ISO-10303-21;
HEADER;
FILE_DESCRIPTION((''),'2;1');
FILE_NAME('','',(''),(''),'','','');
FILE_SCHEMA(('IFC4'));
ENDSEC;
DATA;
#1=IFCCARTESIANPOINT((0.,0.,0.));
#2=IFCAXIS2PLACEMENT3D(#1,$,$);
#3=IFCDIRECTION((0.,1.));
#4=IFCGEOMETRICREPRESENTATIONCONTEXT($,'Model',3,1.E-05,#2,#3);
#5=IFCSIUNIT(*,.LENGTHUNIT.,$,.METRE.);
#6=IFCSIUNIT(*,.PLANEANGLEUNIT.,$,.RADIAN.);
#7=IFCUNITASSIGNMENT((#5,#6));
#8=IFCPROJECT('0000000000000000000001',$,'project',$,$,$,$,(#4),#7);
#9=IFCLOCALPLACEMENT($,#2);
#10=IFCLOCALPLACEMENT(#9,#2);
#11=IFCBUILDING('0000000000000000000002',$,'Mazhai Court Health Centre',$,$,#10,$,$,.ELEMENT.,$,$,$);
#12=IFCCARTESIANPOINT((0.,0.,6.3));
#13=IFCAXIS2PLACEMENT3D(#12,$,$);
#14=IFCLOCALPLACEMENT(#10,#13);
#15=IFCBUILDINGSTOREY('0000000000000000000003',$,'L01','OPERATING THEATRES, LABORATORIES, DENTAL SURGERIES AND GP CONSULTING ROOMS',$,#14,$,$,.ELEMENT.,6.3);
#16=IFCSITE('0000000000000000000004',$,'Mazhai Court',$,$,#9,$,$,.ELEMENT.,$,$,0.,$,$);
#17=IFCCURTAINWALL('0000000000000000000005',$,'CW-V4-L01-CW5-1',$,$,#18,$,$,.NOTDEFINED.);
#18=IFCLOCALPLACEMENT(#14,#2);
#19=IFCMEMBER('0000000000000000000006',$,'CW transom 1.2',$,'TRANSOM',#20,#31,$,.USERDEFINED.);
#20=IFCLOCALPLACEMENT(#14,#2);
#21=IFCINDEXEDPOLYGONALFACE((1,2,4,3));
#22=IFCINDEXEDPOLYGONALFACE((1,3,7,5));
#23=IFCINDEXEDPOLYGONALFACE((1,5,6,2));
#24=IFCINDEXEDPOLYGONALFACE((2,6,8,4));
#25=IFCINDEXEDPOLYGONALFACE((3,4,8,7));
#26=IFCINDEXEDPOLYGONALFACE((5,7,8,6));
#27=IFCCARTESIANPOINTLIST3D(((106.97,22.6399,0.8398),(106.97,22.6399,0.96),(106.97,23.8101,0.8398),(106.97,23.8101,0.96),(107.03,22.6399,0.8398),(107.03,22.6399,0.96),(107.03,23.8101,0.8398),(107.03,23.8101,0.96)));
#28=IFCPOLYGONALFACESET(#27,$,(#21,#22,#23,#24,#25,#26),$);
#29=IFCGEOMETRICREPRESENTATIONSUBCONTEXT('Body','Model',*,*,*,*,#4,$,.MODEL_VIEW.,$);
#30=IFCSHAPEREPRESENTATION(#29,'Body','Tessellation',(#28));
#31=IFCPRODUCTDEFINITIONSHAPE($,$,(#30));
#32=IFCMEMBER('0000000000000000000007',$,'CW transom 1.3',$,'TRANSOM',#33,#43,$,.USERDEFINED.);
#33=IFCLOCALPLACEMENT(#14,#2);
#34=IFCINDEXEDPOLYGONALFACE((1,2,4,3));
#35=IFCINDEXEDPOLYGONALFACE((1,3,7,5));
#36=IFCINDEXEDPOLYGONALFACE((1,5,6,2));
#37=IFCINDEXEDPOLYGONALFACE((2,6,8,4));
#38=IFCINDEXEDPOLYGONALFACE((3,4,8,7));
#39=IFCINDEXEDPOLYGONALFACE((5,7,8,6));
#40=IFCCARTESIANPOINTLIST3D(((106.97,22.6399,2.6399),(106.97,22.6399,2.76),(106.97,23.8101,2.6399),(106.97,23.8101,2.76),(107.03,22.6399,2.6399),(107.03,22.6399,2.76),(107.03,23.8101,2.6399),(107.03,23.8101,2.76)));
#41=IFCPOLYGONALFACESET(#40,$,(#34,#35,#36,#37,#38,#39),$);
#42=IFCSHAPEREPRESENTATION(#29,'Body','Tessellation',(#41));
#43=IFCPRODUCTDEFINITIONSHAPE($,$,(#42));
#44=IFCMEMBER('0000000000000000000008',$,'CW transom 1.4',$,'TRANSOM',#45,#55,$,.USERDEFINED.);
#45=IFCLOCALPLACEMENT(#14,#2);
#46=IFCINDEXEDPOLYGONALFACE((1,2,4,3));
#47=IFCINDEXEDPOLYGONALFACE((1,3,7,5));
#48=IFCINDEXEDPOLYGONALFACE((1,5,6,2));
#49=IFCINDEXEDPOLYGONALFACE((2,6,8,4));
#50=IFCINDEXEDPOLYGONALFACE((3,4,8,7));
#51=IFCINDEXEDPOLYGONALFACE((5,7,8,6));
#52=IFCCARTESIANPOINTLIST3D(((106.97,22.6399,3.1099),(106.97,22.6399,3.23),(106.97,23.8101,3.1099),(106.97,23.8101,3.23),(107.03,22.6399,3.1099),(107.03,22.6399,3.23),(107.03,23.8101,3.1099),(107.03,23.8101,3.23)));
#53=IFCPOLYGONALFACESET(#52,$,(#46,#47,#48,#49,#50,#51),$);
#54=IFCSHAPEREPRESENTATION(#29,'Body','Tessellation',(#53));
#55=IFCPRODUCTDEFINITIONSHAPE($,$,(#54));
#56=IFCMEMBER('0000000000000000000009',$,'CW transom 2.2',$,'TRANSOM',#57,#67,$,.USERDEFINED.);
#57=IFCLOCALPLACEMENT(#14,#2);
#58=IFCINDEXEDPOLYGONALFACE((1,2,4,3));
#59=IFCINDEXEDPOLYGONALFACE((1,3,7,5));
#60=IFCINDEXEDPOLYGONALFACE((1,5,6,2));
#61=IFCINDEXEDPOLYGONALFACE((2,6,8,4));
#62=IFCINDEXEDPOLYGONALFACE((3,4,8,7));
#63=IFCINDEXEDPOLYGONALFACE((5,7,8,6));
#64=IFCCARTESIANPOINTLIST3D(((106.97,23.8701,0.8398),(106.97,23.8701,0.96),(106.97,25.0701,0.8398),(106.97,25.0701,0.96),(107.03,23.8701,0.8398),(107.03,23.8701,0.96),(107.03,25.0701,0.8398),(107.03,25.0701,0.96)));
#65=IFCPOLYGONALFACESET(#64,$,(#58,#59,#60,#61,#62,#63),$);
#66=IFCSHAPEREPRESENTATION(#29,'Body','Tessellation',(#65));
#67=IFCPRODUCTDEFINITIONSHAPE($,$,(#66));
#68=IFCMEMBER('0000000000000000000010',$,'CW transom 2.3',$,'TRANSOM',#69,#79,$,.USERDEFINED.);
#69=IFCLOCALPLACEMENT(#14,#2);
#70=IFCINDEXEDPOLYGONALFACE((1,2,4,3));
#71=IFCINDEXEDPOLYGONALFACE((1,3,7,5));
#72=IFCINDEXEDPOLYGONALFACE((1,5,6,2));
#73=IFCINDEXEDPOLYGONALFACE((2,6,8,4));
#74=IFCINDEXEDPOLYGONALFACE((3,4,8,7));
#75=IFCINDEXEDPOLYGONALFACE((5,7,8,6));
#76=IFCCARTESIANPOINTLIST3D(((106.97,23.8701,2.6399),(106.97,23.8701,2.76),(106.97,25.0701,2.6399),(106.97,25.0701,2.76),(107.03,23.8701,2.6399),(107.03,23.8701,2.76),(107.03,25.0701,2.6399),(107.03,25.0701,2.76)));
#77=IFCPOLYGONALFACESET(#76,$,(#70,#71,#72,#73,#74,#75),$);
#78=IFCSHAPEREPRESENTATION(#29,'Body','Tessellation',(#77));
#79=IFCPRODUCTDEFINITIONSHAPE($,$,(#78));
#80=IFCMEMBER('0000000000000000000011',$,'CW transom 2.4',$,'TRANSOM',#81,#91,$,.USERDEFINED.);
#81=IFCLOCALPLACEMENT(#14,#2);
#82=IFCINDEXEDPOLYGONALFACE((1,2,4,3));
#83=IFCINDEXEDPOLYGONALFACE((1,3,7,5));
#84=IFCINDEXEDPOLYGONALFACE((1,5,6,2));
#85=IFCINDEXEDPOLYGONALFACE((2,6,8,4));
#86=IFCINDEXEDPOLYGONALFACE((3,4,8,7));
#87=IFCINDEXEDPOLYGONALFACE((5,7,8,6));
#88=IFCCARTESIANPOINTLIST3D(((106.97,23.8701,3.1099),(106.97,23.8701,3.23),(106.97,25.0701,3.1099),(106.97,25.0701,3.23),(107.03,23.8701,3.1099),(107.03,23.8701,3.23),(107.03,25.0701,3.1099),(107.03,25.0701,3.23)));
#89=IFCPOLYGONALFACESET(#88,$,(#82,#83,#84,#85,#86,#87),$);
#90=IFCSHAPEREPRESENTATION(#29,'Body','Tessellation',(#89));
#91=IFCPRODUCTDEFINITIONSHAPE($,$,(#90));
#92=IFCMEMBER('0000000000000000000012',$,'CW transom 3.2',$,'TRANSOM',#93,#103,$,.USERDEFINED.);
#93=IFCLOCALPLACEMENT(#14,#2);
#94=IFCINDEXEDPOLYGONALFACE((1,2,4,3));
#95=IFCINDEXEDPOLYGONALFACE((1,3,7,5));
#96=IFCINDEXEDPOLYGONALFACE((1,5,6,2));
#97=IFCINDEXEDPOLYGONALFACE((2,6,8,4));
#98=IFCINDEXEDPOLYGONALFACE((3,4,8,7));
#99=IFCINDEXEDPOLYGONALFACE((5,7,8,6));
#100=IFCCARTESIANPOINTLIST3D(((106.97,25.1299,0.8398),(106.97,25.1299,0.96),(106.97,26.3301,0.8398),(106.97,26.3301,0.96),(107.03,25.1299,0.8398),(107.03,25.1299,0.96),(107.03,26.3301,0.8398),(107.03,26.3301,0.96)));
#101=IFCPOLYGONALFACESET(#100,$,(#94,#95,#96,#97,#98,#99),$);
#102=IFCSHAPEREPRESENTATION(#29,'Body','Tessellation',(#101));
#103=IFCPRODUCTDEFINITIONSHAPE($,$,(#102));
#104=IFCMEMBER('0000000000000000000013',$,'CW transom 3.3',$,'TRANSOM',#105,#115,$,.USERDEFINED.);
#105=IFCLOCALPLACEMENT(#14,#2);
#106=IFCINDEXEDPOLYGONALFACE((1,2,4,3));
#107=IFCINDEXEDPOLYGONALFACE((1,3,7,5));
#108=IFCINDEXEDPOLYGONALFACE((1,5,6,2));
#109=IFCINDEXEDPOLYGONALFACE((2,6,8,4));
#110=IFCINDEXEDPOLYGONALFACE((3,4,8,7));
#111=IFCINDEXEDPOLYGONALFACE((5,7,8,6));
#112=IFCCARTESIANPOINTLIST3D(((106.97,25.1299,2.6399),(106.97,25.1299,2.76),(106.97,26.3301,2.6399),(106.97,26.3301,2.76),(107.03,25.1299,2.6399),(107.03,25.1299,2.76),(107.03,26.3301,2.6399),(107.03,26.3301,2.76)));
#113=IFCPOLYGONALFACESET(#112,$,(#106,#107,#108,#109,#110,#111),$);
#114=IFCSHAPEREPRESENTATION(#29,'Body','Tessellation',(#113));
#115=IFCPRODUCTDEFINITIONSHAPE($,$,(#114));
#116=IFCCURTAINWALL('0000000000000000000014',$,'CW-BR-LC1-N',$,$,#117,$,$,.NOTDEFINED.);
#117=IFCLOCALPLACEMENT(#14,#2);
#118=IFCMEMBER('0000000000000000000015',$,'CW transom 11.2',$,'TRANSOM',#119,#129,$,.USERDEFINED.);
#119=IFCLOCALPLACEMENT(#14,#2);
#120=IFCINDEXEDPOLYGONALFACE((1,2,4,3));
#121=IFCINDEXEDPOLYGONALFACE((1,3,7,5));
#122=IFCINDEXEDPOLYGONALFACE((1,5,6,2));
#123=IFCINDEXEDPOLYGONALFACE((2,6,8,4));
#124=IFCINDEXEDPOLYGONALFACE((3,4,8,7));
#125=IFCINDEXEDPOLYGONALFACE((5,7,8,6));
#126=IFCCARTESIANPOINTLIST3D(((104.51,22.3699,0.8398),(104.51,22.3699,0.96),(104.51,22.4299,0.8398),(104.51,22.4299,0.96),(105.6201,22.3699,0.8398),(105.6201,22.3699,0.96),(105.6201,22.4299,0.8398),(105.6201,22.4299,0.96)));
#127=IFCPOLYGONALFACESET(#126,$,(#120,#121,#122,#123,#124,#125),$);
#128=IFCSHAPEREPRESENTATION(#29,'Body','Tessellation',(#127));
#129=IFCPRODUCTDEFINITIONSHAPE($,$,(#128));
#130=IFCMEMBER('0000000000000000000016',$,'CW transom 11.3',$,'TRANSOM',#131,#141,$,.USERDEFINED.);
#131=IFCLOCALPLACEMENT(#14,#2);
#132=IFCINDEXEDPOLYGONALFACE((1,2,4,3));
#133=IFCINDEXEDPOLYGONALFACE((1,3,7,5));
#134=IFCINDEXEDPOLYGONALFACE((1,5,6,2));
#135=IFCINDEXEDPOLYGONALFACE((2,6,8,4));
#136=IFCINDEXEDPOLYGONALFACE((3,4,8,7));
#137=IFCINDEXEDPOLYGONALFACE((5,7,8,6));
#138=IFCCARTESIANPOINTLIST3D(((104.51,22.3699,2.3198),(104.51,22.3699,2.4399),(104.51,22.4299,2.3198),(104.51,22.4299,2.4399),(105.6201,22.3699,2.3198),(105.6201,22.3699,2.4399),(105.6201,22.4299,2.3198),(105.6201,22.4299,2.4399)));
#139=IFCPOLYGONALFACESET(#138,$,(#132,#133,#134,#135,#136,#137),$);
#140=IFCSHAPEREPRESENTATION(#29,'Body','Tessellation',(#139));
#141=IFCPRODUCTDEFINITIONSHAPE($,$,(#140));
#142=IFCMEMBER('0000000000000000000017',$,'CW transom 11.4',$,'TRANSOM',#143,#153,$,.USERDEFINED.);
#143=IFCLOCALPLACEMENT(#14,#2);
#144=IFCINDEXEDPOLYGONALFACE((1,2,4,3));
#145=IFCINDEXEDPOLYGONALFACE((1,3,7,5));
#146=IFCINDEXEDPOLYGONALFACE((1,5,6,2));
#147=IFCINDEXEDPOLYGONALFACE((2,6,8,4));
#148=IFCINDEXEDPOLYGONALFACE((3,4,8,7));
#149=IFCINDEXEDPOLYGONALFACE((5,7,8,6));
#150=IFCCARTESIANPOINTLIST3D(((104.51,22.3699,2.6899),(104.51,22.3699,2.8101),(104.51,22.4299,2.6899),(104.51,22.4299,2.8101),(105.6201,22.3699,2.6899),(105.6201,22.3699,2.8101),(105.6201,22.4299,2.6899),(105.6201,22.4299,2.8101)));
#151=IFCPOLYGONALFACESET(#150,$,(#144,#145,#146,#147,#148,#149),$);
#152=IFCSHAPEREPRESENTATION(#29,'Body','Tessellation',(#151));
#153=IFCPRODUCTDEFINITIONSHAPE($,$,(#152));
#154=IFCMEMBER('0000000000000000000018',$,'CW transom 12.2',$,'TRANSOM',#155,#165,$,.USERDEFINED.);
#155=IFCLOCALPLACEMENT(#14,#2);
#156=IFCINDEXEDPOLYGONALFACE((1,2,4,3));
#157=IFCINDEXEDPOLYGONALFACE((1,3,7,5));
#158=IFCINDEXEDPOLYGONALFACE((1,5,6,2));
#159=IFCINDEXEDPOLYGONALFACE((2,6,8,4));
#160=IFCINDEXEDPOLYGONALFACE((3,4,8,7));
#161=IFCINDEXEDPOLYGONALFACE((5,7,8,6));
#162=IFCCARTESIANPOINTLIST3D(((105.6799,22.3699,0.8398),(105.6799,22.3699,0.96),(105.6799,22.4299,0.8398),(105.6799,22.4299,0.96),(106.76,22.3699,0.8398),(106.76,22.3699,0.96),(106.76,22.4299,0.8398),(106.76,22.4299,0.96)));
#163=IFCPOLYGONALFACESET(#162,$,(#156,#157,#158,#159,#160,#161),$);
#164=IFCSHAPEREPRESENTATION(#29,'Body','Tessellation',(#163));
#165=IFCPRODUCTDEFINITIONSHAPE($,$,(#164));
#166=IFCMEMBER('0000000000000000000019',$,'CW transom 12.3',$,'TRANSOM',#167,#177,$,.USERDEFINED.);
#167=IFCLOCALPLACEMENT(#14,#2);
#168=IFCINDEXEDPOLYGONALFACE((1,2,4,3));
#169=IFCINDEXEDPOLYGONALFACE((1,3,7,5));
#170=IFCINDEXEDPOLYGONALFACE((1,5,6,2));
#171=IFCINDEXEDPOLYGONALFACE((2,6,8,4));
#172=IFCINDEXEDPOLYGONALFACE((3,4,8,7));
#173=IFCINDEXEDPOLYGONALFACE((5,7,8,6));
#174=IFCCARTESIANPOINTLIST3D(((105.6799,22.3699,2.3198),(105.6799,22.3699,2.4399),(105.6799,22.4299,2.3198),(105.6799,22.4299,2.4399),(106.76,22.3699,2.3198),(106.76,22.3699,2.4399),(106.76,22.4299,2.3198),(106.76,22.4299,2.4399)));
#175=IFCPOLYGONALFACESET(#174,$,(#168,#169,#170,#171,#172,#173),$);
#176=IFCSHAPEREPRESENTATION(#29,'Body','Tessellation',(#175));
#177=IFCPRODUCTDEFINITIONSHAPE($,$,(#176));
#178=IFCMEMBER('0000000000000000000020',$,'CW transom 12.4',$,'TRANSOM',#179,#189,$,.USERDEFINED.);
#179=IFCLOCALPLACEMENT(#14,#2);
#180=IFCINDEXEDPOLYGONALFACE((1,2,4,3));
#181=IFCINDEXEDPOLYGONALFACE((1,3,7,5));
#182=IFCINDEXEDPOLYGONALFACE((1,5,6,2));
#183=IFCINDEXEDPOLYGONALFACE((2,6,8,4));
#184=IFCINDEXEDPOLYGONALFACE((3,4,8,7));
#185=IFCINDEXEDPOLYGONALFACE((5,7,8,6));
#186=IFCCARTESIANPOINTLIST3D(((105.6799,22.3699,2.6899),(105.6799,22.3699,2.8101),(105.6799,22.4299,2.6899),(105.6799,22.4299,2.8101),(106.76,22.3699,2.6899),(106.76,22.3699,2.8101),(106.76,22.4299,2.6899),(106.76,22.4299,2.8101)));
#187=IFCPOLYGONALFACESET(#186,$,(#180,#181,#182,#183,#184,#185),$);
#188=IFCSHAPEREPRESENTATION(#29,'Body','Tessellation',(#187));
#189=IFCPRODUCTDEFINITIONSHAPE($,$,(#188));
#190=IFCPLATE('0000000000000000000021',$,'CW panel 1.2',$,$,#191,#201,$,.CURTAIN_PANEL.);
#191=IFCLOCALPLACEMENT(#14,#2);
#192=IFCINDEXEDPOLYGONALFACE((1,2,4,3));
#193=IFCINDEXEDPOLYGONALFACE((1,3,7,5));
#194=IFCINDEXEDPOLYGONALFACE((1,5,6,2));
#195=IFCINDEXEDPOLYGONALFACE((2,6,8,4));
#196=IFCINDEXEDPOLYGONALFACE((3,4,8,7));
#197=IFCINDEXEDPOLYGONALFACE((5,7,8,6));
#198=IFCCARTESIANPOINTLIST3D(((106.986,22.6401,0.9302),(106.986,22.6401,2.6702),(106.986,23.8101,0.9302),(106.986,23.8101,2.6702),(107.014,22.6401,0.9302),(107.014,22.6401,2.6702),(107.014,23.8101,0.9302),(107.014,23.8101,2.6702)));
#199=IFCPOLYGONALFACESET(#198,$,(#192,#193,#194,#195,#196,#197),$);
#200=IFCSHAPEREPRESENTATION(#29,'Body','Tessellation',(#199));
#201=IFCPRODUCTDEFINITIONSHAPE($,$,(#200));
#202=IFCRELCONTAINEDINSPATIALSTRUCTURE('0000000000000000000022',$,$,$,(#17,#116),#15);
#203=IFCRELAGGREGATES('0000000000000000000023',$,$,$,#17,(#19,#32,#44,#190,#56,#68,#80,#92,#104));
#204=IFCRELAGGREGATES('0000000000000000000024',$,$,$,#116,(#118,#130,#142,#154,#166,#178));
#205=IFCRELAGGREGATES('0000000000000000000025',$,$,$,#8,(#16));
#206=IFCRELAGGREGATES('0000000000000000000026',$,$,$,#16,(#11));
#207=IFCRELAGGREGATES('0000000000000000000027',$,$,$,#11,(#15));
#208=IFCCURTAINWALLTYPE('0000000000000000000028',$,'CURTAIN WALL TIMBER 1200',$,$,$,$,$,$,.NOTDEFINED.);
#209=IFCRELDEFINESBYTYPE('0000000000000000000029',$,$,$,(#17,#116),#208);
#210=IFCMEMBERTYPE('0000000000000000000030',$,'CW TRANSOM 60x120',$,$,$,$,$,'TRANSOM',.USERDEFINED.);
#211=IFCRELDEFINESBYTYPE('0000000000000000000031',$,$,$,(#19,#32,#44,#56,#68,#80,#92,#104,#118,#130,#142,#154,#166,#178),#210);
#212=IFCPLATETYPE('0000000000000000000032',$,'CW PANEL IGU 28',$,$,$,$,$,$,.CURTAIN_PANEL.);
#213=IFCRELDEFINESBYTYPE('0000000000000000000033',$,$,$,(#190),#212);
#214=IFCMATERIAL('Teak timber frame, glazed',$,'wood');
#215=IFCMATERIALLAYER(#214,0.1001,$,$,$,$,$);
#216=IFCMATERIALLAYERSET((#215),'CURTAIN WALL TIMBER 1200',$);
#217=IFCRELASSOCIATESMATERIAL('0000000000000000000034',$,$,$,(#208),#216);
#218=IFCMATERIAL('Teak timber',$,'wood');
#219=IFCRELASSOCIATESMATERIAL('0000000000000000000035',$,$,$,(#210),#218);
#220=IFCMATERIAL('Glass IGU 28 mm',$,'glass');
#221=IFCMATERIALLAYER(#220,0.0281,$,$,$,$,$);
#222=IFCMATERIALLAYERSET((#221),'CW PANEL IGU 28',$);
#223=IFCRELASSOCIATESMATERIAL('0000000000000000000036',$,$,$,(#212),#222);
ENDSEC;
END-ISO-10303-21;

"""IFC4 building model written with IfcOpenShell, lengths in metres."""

from ifc_helpers import new_model, si_unit, direction, frame, origin, origin_2d, place, context, subcontext, project, spatial, rectangle, extrude, material, layer, layer_set, material_profile, profile_set, type_object, element, aggregate, save


model = new_model("IFC4")

# Units and contexts
model_context = context("Model", 3, precision=1e-05, world=origin(), true_north=direction((0.0, 1.0)))
body_context = subcontext(model_context, "Body", "Model", "MODEL_VIEW")
ifc_project = project(units=[si_unit("LENGTHUNIT", "METRE"), si_unit("PLANEANGLEUNIT", "RADIAN")], contexts=[model_context])

# Site, building, storey
site_placement = place(None, origin())
site = spatial("IfcSite", under=ifc_project, at=site_placement, Name="Mazhai Court", CompositionType="ELEMENT", RefElevation=0.0)
building_placement = place(site_placement, origin())
building = spatial("IfcBuilding", under=site, at=building_placement, Name="Mazhai Court Health Centre", CompositionType="ELEMENT")
storey_placement = place(building_placement, frame((0.0, 0.0, 6.3)))
storey = spatial("IfcBuildingStorey", under=building, at=storey_placement, Name="L01", Description="OPERATING THEATRES, LABORATORIES, DENTAL SURGERIES AND GP CONSULTING ROOMS", CompositionType="ELEMENT", Elevation=6.3)

# Curtain walls, members
ifc_material_1 = material(Name="Teak timber frame, glazed", Category="wood")
ifc_layer_1 = layer(ifc_material_1, 0.1001)
ifc_layer_set_1 = layer_set([ifc_layer_1], Name="CURTAIN WALL TIMBER 1200")
curtain_wall_type = type_object("IfcCurtainWallType", Name="CURTAIN WALL TIMBER 1200", PredefinedType="NOTDEFINED", material=ifc_layer_set_1)
curtain_wall_1_placement = place(storey_placement, origin())
curtain_wall_1 = element("IfcCurtainWall", 1, at=curtain_wall_1_placement, inside=storey, type_object=curtain_wall_type, Name="CW-V4-L01-CW5-1", PredefinedType="NOTDEFINED")
ifc_material_2 = material(Name="Teak timber", Category="wood")
ifc_material_profile = material_profile(ifc_material_2, rectangle(XDim=0.0601, YDim=0.1201, at=origin_2d()), Name="CW TRANSOM 60x120")
ifc_profile_set = profile_set([ifc_material_profile], Name="Teak timber")
member_type = type_object("IfcMemberType", Name="CW TRANSOM 60x120", ElementType="TRANSOM", PredefinedType="USERDEFINED", material=ifc_profile_set)
member_1_placement = place(storey_placement, frame((107.0, 22.6399, 0.8999), z_axis=(0.0, 1.0, 0.0), x_axis=(-1.0, 0.0, 0.0)))
member_1 = element("IfcMember", 2, at=member_1_placement, type_object=member_type, Name="CW transom 1.2", ObjectType="TRANSOM", PredefinedType="USERDEFINED", context=body_context, shape_type="SweptSolid", body=[
    extrude(rectangle(XDim=0.0601, YDim=0.1201, at=origin_2d()), origin(), (0.0, 0.0, 1.0), 1.1702),
])
member_2_placement = place(storey_placement, frame((107.0, 22.6399, 2.7), z_axis=(0.0, 1.0, 0.0), x_axis=(-1.0, 0.0, 0.0)))
member_2 = element("IfcMember", 3, at=member_2_placement, type_object=member_type, Name="CW transom 1.3", ObjectType="TRANSOM", PredefinedType="USERDEFINED", context=body_context, shape_type="SweptSolid", body=[
    extrude(rectangle(XDim=0.0601, YDim=0.1201, at=origin_2d()), origin(), (0.0, 0.0, 1.0), 1.1702),
])
member_3_placement = place(storey_placement, frame((107.0, 22.6399, 3.1699), z_axis=(0.0, 1.0, 0.0), x_axis=(-1.0, 0.0, 0.0)))
member_3 = element("IfcMember", 4, at=member_3_placement, type_object=member_type, Name="CW transom 1.4", ObjectType="TRANSOM", PredefinedType="USERDEFINED", context=body_context, shape_type="SweptSolid", body=[
    extrude(rectangle(XDim=0.0601, YDim=0.1201, at=origin_2d()), origin(), (0.0, 0.0, 1.0), 1.1702),
])
member_4_placement = place(storey_placement, frame((107.0, 23.8701, 0.8999), z_axis=(0.0, 1.0, 0.0), x_axis=(-1.0, 0.0, 0.0)))
member_4 = element("IfcMember", 5, at=member_4_placement, type_object=member_type, Name="CW transom 2.2", ObjectType="TRANSOM", PredefinedType="USERDEFINED", context=body_context, shape_type="SweptSolid", body=[
    extrude(rectangle(XDim=0.0601, YDim=0.1201, at=origin_2d()), origin(), (0.0, 0.0, 1.0), 1.2),
])
member_5_placement = place(storey_placement, frame((107.0, 23.8701, 2.7), z_axis=(0.0, 1.0, 0.0), x_axis=(-1.0, 0.0, 0.0)))
member_5 = element("IfcMember", 6, at=member_5_placement, type_object=member_type, Name="CW transom 2.3", ObjectType="TRANSOM", PredefinedType="USERDEFINED", context=body_context, shape_type="SweptSolid", body=[
    extrude(rectangle(XDim=0.0601, YDim=0.1201, at=origin_2d()), origin(), (0.0, 0.0, 1.0), 1.2),
])
member_6_placement = place(storey_placement, frame((107.0, 23.8701, 3.1699), z_axis=(0.0, 1.0, 0.0), x_axis=(-1.0, 0.0, 0.0)))
member_6 = element("IfcMember", 7, at=member_6_placement, type_object=member_type, Name="CW transom 2.4", ObjectType="TRANSOM", PredefinedType="USERDEFINED", context=body_context, shape_type="SweptSolid", body=[
    extrude(rectangle(XDim=0.0601, YDim=0.1201, at=origin_2d()), origin(), (0.0, 0.0, 1.0), 1.2),
])
member_7_placement = place(storey_placement, frame((107.0, 25.1299, 0.8999), z_axis=(0.0, 1.0, 0.0), x_axis=(-1.0, 0.0, 0.0)))
member_7 = element("IfcMember", 8, at=member_7_placement, type_object=member_type, Name="CW transom 3.2", ObjectType="TRANSOM", PredefinedType="USERDEFINED", context=body_context, shape_type="SweptSolid", body=[
    extrude(rectangle(XDim=0.0601, YDim=0.1201, at=origin_2d()), origin(), (0.0, 0.0, 1.0), 1.2002),
])
member_8_placement = place(storey_placement, frame((107.0, 25.1299, 2.7), z_axis=(0.0, 1.0, 0.0), x_axis=(-1.0, 0.0, 0.0)))
member_8 = element("IfcMember", 9, at=member_8_placement, type_object=member_type, Name="CW transom 3.3", ObjectType="TRANSOM", PredefinedType="USERDEFINED", context=body_context, shape_type="SweptSolid", body=[
    extrude(rectangle(XDim=0.0601, YDim=0.1201, at=origin_2d()), origin(), (0.0, 0.0, 1.0), 1.2002),
])
curtain_wall_2_placement = place(storey_placement, origin())
curtain_wall_2 = element("IfcCurtainWall", 10, at=curtain_wall_2_placement, inside=storey, type_object=curtain_wall_type, Name="CW-BR-LC1-N", PredefinedType="NOTDEFINED")
member_9_placement = place(storey_placement, frame((104.51, 22.3999, 0.8999), z_axis=(1.0, 0.0, 0.0), x_axis=(0.0, 1.0, 0.0)))
member_9 = element("IfcMember", 11, at=member_9_placement, type_object=member_type, Name="CW transom 11.2", ObjectType="TRANSOM", PredefinedType="USERDEFINED", context=body_context, shape_type="SweptSolid", body=[
    extrude(rectangle(XDim=0.0601, YDim=0.1201, at=origin_2d()), origin(), (0.0, 0.0, 1.0), 1.1101),
])
member_10_placement = place(storey_placement, frame((104.51, 22.3999, 2.3799), z_axis=(1.0, 0.0, 0.0), x_axis=(0.0, 1.0, 0.0)))
member_10 = element("IfcMember", 12, at=member_10_placement, type_object=member_type, Name="CW transom 11.3", ObjectType="TRANSOM", PredefinedType="USERDEFINED", context=body_context, shape_type="SweptSolid", body=[
    extrude(rectangle(XDim=0.0601, YDim=0.1201, at=origin_2d()), origin(), (0.0, 0.0, 1.0), 1.1101),
])
member_11_placement = place(storey_placement, frame((104.51, 22.3999, 2.75), z_axis=(1.0, 0.0, 0.0), x_axis=(0.0, 1.0, 0.0)))
member_11 = element("IfcMember", 13, at=member_11_placement, type_object=member_type, Name="CW transom 11.4", ObjectType="TRANSOM", PredefinedType="USERDEFINED", context=body_context, shape_type="SweptSolid", body=[
    extrude(rectangle(XDim=0.0601, YDim=0.1201, at=origin_2d()), origin(), (0.0, 0.0, 1.0), 1.1101),
])
member_12_placement = place(storey_placement, frame((105.6799, 22.3999, 0.8999), z_axis=(1.0, 0.0, 0.0), x_axis=(0.0, 1.0, 0.0)))
member_12 = element("IfcMember", 14, at=member_12_placement, type_object=member_type, Name="CW transom 12.2", ObjectType="TRANSOM", PredefinedType="USERDEFINED", context=body_context, shape_type="SweptSolid", body=[
    extrude(rectangle(XDim=0.0601, YDim=0.1201, at=origin_2d()), origin(), (0.0, 0.0, 1.0), 1.0801),
])
member_13_placement = place(storey_placement, frame((105.6799, 22.3999, 2.3799), z_axis=(1.0, 0.0, 0.0), x_axis=(0.0, 1.0, 0.0)))
member_13 = element("IfcMember", 15, at=member_13_placement, type_object=member_type, Name="CW transom 12.3", ObjectType="TRANSOM", PredefinedType="USERDEFINED", context=body_context, shape_type="SweptSolid", body=[
    extrude(rectangle(XDim=0.0601, YDim=0.1201, at=origin_2d()), origin(), (0.0, 0.0, 1.0), 1.0801),
])
member_14_placement = place(storey_placement, frame((105.6799, 22.3999, 2.75), z_axis=(1.0, 0.0, 0.0), x_axis=(0.0, 1.0, 0.0)))
member_14 = element("IfcMember", 16, at=member_14_placement, type_object=member_type, Name="CW transom 12.4", ObjectType="TRANSOM", PredefinedType="USERDEFINED", context=body_context, shape_type="SweptSolid", body=[
    extrude(rectangle(XDim=0.0601, YDim=0.1201, at=origin_2d()), origin(), (0.0, 0.0, 1.0), 1.0801),
])

# Plate
ifc_material_3 = material(Name="Glass IGU 28 mm", Category="glass")
ifc_layer_2 = layer(ifc_material_3, 0.0281)
ifc_layer_set_2 = layer_set([ifc_layer_2], Name="CW PANEL IGU 28")
plate_type = type_object("IfcPlateType", Name="CW PANEL IGU 28", PredefinedType="CURTAIN_PANEL", material=ifc_layer_set_2)
plate_1_placement = place(storey_placement, frame((107.0, 23.2251, 0.9302), z_axis=(0.0, 0.0, 1.0), x_axis=(0.0, 1.0, 0.0)))
plate_1 = element("IfcPlate", 17, at=plate_1_placement, type_object=plate_type, Name="CW panel 1.2", PredefinedType="CURTAIN_PANEL", context=body_context, shape_type="SweptSolid", body=[
    extrude(rectangle(XDim=1.1699, YDim=0.0281, at=origin_2d()), origin(), (0.0, 0.0, 1.0), 1.74),
])
aggregate(curtain_wall_1, [member_1, member_2, member_3, plate_1, member_4, member_5, member_6, member_7, member_8])
aggregate(curtain_wall_2, [member_9, member_10, member_11, member_12, member_13, member_14])

save(model, "model.ifc")
